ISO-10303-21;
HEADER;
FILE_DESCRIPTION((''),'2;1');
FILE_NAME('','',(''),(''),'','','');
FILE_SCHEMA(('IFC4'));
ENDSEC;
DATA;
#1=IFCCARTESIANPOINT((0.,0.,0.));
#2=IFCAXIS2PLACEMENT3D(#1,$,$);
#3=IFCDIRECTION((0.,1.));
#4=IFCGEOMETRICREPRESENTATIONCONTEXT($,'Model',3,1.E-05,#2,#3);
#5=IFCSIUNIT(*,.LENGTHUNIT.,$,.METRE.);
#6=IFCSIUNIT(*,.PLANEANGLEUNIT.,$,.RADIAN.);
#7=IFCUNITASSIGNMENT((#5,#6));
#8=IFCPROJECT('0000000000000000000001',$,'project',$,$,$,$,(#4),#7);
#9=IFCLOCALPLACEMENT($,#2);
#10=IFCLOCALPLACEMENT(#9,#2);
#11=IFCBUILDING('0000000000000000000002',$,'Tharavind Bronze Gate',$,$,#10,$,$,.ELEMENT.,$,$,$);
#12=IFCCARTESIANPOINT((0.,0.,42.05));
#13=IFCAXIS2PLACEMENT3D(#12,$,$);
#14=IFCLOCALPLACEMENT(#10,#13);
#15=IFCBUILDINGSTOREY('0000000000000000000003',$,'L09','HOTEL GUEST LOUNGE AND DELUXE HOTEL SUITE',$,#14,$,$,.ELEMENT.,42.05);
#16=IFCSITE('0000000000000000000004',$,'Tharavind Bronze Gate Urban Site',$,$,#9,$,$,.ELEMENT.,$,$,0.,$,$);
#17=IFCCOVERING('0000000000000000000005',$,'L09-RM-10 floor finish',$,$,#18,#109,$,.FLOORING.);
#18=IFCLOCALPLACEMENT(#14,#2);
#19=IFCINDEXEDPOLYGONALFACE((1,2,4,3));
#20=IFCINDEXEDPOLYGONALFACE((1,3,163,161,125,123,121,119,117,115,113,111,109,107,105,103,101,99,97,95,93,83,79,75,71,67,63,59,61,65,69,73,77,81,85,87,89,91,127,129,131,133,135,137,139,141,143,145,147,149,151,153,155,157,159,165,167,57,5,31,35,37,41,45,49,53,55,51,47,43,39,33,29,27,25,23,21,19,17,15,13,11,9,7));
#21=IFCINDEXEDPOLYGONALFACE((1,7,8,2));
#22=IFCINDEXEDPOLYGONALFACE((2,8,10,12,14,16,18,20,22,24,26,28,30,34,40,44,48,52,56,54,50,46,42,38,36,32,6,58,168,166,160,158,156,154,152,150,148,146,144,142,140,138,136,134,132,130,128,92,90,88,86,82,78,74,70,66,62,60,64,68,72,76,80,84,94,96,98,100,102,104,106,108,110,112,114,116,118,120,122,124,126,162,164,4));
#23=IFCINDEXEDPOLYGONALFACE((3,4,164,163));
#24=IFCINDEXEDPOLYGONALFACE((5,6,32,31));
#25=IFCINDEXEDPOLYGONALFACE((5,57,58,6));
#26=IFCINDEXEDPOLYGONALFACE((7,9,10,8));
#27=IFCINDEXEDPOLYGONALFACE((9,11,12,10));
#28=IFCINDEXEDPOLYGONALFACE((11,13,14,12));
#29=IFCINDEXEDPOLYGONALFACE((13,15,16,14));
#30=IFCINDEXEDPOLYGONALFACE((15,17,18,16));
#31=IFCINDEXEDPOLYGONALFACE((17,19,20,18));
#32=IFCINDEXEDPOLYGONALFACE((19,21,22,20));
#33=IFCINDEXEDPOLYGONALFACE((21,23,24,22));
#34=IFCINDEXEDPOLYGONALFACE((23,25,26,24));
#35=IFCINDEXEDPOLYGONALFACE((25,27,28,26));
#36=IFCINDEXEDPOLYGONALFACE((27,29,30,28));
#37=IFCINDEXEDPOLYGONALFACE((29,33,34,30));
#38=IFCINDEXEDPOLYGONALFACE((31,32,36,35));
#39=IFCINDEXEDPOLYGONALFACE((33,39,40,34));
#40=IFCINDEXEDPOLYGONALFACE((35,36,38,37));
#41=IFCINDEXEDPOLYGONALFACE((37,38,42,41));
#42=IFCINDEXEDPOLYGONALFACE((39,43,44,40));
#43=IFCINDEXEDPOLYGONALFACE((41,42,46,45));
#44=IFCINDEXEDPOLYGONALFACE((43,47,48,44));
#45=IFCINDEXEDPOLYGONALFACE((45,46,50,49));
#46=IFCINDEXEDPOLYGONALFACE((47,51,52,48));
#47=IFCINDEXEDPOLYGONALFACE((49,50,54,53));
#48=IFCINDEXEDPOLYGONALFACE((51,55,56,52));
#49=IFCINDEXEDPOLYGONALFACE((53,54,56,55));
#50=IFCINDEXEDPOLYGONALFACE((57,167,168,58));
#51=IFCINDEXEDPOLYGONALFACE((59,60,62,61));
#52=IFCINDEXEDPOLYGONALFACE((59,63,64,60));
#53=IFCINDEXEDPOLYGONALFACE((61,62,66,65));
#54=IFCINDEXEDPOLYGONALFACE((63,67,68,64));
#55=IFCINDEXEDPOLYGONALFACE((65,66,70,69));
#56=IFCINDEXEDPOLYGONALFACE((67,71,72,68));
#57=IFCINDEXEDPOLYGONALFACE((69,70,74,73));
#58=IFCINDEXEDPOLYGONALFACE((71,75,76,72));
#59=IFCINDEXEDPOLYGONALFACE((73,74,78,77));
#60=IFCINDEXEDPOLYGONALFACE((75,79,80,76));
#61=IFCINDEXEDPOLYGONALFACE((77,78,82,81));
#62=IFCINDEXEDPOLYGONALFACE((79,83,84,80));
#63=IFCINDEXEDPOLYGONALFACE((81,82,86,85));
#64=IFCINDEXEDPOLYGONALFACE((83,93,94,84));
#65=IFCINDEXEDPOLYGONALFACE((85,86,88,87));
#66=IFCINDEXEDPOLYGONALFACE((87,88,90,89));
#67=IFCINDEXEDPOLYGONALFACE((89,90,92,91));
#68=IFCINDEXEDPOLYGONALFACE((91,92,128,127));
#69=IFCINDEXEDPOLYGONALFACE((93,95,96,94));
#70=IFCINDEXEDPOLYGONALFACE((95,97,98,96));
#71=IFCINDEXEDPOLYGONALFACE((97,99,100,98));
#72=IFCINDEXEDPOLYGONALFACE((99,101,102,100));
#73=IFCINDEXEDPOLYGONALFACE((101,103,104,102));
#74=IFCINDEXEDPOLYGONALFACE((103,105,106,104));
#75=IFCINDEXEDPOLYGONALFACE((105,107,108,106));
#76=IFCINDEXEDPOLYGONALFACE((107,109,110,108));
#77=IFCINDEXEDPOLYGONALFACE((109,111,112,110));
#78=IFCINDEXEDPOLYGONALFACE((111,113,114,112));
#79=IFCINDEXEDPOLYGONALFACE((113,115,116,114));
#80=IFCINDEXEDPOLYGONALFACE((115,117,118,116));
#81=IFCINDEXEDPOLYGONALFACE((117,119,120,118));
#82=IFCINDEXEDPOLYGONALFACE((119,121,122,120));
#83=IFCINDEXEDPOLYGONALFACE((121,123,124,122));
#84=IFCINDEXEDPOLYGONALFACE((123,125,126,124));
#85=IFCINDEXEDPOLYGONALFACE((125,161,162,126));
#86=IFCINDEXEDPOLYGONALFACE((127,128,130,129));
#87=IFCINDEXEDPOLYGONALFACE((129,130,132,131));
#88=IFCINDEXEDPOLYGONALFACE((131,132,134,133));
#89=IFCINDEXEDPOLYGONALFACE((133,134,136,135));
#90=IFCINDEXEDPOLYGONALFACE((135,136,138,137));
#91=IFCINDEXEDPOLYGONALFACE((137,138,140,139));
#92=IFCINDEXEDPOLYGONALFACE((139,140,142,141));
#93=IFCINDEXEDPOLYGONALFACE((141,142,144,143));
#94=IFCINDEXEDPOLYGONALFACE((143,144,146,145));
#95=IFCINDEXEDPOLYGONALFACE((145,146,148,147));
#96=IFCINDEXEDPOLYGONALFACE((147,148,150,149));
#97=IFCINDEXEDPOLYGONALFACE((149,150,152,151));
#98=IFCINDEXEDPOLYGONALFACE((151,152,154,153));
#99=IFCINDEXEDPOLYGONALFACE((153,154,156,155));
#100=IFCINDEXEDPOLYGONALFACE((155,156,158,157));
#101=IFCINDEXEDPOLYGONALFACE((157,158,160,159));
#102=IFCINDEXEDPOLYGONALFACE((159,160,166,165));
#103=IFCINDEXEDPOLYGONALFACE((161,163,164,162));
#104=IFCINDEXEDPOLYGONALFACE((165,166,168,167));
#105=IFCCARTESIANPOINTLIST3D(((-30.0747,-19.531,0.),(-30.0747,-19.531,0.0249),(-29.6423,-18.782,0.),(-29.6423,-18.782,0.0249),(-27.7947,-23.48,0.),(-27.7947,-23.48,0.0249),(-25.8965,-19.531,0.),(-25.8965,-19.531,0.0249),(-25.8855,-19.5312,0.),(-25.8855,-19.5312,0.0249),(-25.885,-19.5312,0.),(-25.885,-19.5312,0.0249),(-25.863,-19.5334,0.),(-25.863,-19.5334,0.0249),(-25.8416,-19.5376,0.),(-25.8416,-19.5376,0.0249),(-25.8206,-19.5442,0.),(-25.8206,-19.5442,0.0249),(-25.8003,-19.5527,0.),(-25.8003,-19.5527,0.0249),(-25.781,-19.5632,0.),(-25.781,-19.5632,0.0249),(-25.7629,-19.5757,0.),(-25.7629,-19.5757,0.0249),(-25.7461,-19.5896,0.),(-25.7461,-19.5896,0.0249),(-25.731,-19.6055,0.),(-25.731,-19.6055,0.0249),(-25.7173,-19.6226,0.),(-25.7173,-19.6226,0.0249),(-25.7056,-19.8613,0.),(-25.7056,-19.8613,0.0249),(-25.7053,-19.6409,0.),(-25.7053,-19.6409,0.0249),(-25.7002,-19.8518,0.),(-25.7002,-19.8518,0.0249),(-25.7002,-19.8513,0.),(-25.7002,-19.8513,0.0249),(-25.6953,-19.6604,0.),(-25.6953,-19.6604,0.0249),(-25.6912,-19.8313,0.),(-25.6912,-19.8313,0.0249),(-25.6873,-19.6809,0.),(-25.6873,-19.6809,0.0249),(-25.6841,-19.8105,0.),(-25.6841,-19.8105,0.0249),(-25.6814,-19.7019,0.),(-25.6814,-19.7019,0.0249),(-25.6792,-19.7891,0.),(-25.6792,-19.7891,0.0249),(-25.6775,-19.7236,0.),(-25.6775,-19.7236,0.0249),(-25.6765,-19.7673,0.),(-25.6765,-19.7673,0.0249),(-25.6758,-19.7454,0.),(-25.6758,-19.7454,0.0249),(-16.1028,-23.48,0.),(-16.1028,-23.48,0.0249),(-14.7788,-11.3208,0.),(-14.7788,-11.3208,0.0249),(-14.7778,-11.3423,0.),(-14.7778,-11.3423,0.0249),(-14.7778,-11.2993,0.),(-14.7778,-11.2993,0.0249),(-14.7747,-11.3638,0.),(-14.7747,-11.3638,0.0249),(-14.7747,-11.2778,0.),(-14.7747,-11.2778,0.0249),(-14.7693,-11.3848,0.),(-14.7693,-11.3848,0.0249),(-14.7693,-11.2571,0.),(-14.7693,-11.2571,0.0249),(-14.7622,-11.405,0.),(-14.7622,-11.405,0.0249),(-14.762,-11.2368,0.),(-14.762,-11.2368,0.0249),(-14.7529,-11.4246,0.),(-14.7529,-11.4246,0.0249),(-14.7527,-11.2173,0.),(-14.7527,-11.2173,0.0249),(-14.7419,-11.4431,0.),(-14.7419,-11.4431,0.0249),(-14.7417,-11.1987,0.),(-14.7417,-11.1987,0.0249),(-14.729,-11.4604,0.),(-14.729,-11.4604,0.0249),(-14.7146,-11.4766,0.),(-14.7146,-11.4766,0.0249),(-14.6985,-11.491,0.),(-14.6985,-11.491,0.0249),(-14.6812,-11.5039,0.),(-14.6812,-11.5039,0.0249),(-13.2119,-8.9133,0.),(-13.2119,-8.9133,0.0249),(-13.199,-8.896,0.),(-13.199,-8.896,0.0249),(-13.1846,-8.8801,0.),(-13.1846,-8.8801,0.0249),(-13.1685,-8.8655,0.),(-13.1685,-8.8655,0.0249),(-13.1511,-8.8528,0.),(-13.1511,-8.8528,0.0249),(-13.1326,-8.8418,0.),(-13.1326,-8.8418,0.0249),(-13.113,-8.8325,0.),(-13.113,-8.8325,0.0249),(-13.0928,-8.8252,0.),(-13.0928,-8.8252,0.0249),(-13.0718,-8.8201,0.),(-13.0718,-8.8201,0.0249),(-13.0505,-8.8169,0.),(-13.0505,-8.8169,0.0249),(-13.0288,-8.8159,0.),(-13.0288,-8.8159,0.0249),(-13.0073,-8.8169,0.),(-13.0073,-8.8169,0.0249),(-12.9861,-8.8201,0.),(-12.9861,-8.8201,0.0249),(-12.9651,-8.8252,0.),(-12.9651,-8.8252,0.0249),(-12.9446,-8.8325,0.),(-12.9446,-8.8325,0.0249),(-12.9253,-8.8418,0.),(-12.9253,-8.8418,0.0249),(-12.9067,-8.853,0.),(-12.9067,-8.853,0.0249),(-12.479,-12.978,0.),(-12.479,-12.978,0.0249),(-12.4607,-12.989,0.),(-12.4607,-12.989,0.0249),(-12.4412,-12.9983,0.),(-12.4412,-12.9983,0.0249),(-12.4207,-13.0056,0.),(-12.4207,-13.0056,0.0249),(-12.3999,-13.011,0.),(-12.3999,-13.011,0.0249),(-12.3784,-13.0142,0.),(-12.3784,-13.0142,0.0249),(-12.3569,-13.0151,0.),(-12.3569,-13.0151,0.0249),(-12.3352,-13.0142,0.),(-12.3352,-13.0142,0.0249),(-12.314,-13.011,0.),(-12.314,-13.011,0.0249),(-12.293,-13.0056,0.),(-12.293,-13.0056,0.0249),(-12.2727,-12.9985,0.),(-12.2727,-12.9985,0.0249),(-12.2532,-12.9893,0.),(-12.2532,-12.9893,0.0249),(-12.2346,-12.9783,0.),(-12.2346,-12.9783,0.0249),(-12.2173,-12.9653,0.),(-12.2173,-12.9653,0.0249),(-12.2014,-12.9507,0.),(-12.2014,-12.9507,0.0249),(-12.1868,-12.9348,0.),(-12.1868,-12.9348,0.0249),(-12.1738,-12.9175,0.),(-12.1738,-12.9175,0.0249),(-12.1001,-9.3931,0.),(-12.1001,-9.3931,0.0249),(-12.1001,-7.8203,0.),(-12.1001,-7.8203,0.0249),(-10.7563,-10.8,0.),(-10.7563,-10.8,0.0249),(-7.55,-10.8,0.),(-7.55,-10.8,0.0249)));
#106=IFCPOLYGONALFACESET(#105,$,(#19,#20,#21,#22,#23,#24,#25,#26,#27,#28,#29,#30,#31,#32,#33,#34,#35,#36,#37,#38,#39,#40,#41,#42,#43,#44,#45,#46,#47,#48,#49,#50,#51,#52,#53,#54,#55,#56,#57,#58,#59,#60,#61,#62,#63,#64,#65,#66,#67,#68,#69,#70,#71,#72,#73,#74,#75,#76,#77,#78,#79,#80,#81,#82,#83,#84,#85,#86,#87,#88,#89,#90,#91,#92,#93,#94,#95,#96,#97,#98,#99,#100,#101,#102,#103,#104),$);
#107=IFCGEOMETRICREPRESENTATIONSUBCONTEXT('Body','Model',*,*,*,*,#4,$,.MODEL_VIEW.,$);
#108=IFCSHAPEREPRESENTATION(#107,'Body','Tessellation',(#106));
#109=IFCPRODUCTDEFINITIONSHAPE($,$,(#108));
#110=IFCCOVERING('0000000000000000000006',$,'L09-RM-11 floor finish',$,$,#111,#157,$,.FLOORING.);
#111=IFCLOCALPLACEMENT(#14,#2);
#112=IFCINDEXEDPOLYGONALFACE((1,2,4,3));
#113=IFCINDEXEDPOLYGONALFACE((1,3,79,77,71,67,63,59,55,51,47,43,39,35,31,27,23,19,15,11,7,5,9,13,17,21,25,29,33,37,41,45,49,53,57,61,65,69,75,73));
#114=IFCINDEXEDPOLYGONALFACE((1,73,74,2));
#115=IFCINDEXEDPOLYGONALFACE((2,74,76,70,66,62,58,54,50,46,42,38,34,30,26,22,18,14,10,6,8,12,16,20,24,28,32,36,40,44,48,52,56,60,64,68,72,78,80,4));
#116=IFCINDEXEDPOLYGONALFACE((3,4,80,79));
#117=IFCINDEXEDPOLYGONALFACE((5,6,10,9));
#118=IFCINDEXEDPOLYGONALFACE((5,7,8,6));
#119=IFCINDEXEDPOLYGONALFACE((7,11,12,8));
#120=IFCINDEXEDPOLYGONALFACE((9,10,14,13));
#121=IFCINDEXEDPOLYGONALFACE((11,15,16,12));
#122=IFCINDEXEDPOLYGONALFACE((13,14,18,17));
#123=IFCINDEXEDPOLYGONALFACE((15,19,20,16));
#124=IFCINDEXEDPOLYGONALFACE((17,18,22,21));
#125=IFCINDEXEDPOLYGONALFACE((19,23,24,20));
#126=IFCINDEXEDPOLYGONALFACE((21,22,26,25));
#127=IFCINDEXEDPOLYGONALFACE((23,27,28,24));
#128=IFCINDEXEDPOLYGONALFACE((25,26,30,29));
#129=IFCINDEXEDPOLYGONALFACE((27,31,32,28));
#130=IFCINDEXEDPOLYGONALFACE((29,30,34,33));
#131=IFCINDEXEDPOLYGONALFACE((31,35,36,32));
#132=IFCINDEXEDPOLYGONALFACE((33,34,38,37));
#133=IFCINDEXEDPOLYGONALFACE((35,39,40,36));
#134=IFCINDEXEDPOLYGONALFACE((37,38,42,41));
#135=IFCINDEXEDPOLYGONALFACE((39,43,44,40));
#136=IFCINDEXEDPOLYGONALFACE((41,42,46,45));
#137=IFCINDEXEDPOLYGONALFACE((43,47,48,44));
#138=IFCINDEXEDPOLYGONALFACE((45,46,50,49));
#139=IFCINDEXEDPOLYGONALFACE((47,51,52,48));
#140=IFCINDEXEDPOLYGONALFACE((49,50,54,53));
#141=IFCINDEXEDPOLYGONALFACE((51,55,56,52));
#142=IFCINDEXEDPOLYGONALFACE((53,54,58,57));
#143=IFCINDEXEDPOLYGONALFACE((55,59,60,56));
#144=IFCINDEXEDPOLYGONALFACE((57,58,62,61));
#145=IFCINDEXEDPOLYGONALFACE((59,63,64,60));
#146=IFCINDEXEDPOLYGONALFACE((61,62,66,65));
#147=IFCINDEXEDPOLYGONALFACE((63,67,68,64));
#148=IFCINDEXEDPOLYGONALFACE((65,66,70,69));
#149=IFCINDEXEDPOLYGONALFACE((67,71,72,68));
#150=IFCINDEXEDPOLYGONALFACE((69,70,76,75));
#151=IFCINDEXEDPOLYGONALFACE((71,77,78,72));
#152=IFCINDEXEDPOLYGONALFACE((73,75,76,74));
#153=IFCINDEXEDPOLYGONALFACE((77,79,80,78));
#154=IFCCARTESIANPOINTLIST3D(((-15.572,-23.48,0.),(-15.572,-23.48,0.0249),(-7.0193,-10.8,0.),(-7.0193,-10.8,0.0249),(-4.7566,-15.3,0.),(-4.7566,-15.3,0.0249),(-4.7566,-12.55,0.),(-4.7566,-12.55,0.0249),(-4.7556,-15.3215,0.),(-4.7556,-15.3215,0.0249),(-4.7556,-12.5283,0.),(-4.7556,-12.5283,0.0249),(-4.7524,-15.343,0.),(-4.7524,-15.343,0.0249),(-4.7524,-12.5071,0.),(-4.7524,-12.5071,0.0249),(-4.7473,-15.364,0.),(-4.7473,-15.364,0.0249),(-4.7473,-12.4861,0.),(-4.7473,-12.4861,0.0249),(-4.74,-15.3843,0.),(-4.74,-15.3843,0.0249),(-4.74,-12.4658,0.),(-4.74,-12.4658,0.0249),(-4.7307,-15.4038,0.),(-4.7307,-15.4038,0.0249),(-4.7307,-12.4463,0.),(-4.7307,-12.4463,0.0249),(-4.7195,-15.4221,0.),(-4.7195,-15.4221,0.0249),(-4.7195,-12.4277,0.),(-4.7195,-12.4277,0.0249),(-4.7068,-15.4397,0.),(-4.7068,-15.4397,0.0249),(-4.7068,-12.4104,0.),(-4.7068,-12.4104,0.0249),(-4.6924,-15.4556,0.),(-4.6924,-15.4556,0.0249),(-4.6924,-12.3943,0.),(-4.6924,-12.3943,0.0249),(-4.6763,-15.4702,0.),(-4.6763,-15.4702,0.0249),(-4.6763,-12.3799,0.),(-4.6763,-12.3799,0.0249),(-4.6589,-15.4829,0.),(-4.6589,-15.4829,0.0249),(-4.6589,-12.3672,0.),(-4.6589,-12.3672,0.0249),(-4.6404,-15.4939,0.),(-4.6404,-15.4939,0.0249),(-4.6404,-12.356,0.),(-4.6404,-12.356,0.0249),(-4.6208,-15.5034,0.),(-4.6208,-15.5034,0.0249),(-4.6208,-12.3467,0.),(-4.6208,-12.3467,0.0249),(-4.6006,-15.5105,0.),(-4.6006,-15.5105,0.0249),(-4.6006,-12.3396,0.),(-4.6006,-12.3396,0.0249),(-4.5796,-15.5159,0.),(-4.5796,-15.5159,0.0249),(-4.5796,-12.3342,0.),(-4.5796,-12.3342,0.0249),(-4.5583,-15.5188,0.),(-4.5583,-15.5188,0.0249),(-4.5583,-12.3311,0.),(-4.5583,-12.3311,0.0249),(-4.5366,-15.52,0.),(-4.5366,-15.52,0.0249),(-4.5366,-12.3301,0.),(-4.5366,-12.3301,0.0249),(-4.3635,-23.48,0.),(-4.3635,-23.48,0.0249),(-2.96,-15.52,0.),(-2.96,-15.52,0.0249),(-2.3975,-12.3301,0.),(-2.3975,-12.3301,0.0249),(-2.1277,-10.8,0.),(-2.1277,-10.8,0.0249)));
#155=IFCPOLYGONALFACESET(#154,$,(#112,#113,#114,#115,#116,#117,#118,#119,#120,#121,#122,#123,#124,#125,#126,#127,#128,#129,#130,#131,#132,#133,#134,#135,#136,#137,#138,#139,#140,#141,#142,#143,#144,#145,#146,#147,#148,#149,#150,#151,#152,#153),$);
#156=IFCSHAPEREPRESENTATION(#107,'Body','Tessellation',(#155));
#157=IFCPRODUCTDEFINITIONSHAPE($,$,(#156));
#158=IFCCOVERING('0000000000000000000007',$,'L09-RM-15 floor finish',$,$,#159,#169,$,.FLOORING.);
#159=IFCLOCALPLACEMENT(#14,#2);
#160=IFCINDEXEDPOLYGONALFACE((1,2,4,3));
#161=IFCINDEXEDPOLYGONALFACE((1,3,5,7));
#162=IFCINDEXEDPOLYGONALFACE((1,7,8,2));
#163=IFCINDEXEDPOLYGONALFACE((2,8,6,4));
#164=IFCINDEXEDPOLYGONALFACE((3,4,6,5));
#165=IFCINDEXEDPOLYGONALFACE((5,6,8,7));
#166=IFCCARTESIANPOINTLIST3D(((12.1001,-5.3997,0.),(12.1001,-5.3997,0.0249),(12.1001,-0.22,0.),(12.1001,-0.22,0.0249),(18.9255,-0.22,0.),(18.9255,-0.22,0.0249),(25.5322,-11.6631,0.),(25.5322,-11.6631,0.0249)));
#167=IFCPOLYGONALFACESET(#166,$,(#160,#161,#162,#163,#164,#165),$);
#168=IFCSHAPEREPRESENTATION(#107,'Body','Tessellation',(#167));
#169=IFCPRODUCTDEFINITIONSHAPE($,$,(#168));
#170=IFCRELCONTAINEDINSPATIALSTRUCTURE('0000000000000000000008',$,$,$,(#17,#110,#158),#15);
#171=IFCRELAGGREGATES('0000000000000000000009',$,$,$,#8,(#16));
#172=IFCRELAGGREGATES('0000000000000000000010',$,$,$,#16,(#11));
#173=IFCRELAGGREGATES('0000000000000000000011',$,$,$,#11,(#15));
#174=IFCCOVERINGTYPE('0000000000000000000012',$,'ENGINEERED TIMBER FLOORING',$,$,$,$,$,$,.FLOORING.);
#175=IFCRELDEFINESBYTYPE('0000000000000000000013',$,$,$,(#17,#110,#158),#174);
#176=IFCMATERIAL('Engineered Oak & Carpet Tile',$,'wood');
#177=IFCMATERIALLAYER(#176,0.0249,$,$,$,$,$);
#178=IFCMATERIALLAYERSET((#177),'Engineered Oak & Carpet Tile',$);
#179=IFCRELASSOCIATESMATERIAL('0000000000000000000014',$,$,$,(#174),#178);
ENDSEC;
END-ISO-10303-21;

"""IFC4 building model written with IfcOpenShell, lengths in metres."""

from ifc_helpers import new_model, si_unit, direction, frame, origin, place, context, subcontext, project, spatial, polyline, outline, extrude, material, layer, layer_set, type_object, element, save


model = new_model("IFC4")

# Units and contexts
model_context = context("Model", 3, precision=1e-05, world=origin(), true_north=direction((0.0, 1.0)))
body_context = subcontext(model_context, "Body", "Model", "MODEL_VIEW")
ifc_project = project(units=[si_unit("LENGTHUNIT", "METRE"), si_unit("PLANEANGLEUNIT", "RADIAN")], contexts=[model_context])

# Site, building, storey
site_placement = place(None, origin())
site = spatial("IfcSite", under=ifc_project, at=site_placement, Name="Tharavind Bronze Gate Urban Site", CompositionType="ELEMENT", RefElevation=0.0)
building_placement = place(site_placement, origin())
building = spatial("IfcBuilding", under=site, at=building_placement, Name="Tharavind Bronze Gate", CompositionType="ELEMENT")
storey_placement = place(building_placement, frame((0.0, 0.0, 42.05)))
storey = spatial("IfcBuildingStorey", under=building, at=storey_placement, Name="L09", Description="HOTEL GUEST LOUNGE AND DELUXE HOTEL SUITE", CompositionType="ELEMENT", Elevation=42.05)

# Coverings
ifc_material_1 = material(Name="Engineered Oak & Carpet Tile", Category="wood")
ifc_layer_1 = layer(ifc_material_1, 0.0249)
ifc_layer_set_1 = layer_set([ifc_layer_1], Name="Engineered Oak & Carpet Tile")
covering_type_1 = type_object("IfcCoveringType", Name="ENGINEERED TIMBER FLOORING", PredefinedType="FLOORING", material=ifc_layer_set_1)
covering_1_placement = place(storey_placement, origin())
element("IfcCovering", 1, at=covering_1_placement, inside=storey, type_object=covering_type_1, Name="L09-RM-10 floor finish", PredefinedType="FLOORING", context=body_context, shape_type="SweptSolid", body=[
    extrude(outline(polyline([(-25.8965, -19.531), (-25.8855, -19.5312), (-25.885, -19.5312), (-25.863, -19.5334), (-25.8416, -19.5376), (-25.8206, -19.5442), (-25.8003, -19.5527), (-25.781, -19.5632), (-25.7629, -19.5757), (-25.7461, -19.5896), (-25.731, -19.6055), (-25.7173, -19.6226), (-25.7053, -19.6409), (-25.6953, -19.6604), (-25.6873, -19.6809), (-25.6814, -19.7019), (-25.6775, -19.7236), (-25.6758, -19.7454), (-25.6765, -19.7673), (-25.6792, -19.7891), (-25.6841, -19.8105), (-25.6912, -19.8313), (-25.7002, -19.8513), (-25.7002, -19.8518), (-25.7056, -19.8613), (-27.7947, -23.48), (-16.1028, -23.48), (-7.55, -10.8), (-10.7563, -10.8), (-12.1738, -12.9175), (-12.1868, -12.9348), (-12.2014, -12.9507), (-12.2173, -12.9653), (-12.2346, -12.9783), (-12.2532, -12.9893), (-12.2727, -12.9985), (-12.293, -13.0056), (-12.314, -13.011), (-12.3352, -13.0142), (-12.3569, -13.0151), (-12.3784, -13.0142), (-12.3999, -13.011), (-12.4207, -13.0056), (-12.4412, -12.9983), (-12.4607, -12.989), (-12.479, -12.978), (-14.6812, -11.5039), (-14.6985, -11.491), (-14.7146, -11.4766), (-14.729, -11.4604), (-14.7419, -11.4431), (-14.7529, -11.4246), (-14.7622, -11.405), (-14.7693, -11.3848), (-14.7747, -11.3638), (-14.7778, -11.3423), (-14.7788, -11.3208), (-14.7778, -11.2993), (-14.7747, -11.2778), (-14.7693, -11.2571), (-14.762, -11.2368), (-14.7527, -11.2173), (-14.7417, -11.1987), (-13.2119, -8.9133), (-13.199, -8.896), (-13.1846, -8.8801), (-13.1685, -8.8655), (-13.1511, -8.8528), (-13.1326, -8.8418), (-13.113, -8.8325), (-13.0928, -8.8252), (-13.0718, -8.8201), (-13.0505, -8.8169), (-13.0288, -8.8159), (-13.0073, -8.8169), (-12.9861, -8.8201), (-12.9651, -8.8252), (-12.9446, -8.8325), (-12.9253, -8.8418), (-12.9067, -8.853), (-12.1001, -9.3931), (-12.1001, -7.8203), (-29.6423, -18.782), (-30.0747, -19.531), (-25.8965, -19.531)])), origin(), (0.0, 0.0, 1.0), 0.0249),
])
covering_2_placement = place(storey_placement, origin())
element("IfcCovering", 2, at=covering_2_placement, inside=storey, type_object=covering_type_1, Name="L09-RM-11 floor finish", PredefinedType="FLOORING", context=body_context, shape_type="SweptSolid", body=[
    extrude(outline(polyline([(-4.3635, -23.48), (-2.96, -15.52), (-4.5366, -15.52), (-4.5583, -15.5188), (-4.5796, -15.5159), (-4.6006, -15.5105), (-4.6208, -15.5034), (-4.6404, -15.4939), (-4.6589, -15.4829), (-4.6763, -15.4702), (-4.6924, -15.4556), (-4.7068, -15.4397), (-4.7195, -15.4221), (-4.7307, -15.4038), (-4.74, -15.3843), (-4.7473, -15.364), (-4.7524, -15.343), (-4.7556, -15.3215), (-4.7566, -15.3), (-4.7566, -12.55), (-4.7556, -12.5283), (-4.7524, -12.5071), (-4.7473, -12.4861), (-4.74, -12.4658), (-4.7307, -12.4463), (-4.7195, -12.4277), (-4.7068, -12.4104), (-4.6924, -12.3943), (-4.6763, -12.3799), (-4.6589, -12.3672), (-4.6404, -12.356), (-4.6208, -12.3467), (-4.6006, -12.3396), (-4.5796, -12.3342), (-4.5583, -12.3311), (-4.5366, -12.3301), (-2.3975, -12.3301), (-2.1277, -10.8), (-7.0193, -10.8), (-15.572, -23.48), (-4.3635, -23.48)])), origin(), (0.0, 0.0, 1.0), 0.0249),
])
covering_3_placement = place(storey_placement, origin())
element("IfcCovering", 3, at=covering_3_placement, inside=storey, type_object=covering_type_1, Name="L09-RM-15 floor finish", PredefinedType="FLOORING", context=body_context, shape_type="SweptSolid", body=[
    extrude(outline(polyline([(12.1001, -5.3997), (25.5322, -11.6631), (18.9255, -0.22), (12.1001, -0.22), (12.1001, -5.3997)])), origin(), (0.0, 0.0, 1.0), 0.0249),
])

save(model, "model.ifc")
